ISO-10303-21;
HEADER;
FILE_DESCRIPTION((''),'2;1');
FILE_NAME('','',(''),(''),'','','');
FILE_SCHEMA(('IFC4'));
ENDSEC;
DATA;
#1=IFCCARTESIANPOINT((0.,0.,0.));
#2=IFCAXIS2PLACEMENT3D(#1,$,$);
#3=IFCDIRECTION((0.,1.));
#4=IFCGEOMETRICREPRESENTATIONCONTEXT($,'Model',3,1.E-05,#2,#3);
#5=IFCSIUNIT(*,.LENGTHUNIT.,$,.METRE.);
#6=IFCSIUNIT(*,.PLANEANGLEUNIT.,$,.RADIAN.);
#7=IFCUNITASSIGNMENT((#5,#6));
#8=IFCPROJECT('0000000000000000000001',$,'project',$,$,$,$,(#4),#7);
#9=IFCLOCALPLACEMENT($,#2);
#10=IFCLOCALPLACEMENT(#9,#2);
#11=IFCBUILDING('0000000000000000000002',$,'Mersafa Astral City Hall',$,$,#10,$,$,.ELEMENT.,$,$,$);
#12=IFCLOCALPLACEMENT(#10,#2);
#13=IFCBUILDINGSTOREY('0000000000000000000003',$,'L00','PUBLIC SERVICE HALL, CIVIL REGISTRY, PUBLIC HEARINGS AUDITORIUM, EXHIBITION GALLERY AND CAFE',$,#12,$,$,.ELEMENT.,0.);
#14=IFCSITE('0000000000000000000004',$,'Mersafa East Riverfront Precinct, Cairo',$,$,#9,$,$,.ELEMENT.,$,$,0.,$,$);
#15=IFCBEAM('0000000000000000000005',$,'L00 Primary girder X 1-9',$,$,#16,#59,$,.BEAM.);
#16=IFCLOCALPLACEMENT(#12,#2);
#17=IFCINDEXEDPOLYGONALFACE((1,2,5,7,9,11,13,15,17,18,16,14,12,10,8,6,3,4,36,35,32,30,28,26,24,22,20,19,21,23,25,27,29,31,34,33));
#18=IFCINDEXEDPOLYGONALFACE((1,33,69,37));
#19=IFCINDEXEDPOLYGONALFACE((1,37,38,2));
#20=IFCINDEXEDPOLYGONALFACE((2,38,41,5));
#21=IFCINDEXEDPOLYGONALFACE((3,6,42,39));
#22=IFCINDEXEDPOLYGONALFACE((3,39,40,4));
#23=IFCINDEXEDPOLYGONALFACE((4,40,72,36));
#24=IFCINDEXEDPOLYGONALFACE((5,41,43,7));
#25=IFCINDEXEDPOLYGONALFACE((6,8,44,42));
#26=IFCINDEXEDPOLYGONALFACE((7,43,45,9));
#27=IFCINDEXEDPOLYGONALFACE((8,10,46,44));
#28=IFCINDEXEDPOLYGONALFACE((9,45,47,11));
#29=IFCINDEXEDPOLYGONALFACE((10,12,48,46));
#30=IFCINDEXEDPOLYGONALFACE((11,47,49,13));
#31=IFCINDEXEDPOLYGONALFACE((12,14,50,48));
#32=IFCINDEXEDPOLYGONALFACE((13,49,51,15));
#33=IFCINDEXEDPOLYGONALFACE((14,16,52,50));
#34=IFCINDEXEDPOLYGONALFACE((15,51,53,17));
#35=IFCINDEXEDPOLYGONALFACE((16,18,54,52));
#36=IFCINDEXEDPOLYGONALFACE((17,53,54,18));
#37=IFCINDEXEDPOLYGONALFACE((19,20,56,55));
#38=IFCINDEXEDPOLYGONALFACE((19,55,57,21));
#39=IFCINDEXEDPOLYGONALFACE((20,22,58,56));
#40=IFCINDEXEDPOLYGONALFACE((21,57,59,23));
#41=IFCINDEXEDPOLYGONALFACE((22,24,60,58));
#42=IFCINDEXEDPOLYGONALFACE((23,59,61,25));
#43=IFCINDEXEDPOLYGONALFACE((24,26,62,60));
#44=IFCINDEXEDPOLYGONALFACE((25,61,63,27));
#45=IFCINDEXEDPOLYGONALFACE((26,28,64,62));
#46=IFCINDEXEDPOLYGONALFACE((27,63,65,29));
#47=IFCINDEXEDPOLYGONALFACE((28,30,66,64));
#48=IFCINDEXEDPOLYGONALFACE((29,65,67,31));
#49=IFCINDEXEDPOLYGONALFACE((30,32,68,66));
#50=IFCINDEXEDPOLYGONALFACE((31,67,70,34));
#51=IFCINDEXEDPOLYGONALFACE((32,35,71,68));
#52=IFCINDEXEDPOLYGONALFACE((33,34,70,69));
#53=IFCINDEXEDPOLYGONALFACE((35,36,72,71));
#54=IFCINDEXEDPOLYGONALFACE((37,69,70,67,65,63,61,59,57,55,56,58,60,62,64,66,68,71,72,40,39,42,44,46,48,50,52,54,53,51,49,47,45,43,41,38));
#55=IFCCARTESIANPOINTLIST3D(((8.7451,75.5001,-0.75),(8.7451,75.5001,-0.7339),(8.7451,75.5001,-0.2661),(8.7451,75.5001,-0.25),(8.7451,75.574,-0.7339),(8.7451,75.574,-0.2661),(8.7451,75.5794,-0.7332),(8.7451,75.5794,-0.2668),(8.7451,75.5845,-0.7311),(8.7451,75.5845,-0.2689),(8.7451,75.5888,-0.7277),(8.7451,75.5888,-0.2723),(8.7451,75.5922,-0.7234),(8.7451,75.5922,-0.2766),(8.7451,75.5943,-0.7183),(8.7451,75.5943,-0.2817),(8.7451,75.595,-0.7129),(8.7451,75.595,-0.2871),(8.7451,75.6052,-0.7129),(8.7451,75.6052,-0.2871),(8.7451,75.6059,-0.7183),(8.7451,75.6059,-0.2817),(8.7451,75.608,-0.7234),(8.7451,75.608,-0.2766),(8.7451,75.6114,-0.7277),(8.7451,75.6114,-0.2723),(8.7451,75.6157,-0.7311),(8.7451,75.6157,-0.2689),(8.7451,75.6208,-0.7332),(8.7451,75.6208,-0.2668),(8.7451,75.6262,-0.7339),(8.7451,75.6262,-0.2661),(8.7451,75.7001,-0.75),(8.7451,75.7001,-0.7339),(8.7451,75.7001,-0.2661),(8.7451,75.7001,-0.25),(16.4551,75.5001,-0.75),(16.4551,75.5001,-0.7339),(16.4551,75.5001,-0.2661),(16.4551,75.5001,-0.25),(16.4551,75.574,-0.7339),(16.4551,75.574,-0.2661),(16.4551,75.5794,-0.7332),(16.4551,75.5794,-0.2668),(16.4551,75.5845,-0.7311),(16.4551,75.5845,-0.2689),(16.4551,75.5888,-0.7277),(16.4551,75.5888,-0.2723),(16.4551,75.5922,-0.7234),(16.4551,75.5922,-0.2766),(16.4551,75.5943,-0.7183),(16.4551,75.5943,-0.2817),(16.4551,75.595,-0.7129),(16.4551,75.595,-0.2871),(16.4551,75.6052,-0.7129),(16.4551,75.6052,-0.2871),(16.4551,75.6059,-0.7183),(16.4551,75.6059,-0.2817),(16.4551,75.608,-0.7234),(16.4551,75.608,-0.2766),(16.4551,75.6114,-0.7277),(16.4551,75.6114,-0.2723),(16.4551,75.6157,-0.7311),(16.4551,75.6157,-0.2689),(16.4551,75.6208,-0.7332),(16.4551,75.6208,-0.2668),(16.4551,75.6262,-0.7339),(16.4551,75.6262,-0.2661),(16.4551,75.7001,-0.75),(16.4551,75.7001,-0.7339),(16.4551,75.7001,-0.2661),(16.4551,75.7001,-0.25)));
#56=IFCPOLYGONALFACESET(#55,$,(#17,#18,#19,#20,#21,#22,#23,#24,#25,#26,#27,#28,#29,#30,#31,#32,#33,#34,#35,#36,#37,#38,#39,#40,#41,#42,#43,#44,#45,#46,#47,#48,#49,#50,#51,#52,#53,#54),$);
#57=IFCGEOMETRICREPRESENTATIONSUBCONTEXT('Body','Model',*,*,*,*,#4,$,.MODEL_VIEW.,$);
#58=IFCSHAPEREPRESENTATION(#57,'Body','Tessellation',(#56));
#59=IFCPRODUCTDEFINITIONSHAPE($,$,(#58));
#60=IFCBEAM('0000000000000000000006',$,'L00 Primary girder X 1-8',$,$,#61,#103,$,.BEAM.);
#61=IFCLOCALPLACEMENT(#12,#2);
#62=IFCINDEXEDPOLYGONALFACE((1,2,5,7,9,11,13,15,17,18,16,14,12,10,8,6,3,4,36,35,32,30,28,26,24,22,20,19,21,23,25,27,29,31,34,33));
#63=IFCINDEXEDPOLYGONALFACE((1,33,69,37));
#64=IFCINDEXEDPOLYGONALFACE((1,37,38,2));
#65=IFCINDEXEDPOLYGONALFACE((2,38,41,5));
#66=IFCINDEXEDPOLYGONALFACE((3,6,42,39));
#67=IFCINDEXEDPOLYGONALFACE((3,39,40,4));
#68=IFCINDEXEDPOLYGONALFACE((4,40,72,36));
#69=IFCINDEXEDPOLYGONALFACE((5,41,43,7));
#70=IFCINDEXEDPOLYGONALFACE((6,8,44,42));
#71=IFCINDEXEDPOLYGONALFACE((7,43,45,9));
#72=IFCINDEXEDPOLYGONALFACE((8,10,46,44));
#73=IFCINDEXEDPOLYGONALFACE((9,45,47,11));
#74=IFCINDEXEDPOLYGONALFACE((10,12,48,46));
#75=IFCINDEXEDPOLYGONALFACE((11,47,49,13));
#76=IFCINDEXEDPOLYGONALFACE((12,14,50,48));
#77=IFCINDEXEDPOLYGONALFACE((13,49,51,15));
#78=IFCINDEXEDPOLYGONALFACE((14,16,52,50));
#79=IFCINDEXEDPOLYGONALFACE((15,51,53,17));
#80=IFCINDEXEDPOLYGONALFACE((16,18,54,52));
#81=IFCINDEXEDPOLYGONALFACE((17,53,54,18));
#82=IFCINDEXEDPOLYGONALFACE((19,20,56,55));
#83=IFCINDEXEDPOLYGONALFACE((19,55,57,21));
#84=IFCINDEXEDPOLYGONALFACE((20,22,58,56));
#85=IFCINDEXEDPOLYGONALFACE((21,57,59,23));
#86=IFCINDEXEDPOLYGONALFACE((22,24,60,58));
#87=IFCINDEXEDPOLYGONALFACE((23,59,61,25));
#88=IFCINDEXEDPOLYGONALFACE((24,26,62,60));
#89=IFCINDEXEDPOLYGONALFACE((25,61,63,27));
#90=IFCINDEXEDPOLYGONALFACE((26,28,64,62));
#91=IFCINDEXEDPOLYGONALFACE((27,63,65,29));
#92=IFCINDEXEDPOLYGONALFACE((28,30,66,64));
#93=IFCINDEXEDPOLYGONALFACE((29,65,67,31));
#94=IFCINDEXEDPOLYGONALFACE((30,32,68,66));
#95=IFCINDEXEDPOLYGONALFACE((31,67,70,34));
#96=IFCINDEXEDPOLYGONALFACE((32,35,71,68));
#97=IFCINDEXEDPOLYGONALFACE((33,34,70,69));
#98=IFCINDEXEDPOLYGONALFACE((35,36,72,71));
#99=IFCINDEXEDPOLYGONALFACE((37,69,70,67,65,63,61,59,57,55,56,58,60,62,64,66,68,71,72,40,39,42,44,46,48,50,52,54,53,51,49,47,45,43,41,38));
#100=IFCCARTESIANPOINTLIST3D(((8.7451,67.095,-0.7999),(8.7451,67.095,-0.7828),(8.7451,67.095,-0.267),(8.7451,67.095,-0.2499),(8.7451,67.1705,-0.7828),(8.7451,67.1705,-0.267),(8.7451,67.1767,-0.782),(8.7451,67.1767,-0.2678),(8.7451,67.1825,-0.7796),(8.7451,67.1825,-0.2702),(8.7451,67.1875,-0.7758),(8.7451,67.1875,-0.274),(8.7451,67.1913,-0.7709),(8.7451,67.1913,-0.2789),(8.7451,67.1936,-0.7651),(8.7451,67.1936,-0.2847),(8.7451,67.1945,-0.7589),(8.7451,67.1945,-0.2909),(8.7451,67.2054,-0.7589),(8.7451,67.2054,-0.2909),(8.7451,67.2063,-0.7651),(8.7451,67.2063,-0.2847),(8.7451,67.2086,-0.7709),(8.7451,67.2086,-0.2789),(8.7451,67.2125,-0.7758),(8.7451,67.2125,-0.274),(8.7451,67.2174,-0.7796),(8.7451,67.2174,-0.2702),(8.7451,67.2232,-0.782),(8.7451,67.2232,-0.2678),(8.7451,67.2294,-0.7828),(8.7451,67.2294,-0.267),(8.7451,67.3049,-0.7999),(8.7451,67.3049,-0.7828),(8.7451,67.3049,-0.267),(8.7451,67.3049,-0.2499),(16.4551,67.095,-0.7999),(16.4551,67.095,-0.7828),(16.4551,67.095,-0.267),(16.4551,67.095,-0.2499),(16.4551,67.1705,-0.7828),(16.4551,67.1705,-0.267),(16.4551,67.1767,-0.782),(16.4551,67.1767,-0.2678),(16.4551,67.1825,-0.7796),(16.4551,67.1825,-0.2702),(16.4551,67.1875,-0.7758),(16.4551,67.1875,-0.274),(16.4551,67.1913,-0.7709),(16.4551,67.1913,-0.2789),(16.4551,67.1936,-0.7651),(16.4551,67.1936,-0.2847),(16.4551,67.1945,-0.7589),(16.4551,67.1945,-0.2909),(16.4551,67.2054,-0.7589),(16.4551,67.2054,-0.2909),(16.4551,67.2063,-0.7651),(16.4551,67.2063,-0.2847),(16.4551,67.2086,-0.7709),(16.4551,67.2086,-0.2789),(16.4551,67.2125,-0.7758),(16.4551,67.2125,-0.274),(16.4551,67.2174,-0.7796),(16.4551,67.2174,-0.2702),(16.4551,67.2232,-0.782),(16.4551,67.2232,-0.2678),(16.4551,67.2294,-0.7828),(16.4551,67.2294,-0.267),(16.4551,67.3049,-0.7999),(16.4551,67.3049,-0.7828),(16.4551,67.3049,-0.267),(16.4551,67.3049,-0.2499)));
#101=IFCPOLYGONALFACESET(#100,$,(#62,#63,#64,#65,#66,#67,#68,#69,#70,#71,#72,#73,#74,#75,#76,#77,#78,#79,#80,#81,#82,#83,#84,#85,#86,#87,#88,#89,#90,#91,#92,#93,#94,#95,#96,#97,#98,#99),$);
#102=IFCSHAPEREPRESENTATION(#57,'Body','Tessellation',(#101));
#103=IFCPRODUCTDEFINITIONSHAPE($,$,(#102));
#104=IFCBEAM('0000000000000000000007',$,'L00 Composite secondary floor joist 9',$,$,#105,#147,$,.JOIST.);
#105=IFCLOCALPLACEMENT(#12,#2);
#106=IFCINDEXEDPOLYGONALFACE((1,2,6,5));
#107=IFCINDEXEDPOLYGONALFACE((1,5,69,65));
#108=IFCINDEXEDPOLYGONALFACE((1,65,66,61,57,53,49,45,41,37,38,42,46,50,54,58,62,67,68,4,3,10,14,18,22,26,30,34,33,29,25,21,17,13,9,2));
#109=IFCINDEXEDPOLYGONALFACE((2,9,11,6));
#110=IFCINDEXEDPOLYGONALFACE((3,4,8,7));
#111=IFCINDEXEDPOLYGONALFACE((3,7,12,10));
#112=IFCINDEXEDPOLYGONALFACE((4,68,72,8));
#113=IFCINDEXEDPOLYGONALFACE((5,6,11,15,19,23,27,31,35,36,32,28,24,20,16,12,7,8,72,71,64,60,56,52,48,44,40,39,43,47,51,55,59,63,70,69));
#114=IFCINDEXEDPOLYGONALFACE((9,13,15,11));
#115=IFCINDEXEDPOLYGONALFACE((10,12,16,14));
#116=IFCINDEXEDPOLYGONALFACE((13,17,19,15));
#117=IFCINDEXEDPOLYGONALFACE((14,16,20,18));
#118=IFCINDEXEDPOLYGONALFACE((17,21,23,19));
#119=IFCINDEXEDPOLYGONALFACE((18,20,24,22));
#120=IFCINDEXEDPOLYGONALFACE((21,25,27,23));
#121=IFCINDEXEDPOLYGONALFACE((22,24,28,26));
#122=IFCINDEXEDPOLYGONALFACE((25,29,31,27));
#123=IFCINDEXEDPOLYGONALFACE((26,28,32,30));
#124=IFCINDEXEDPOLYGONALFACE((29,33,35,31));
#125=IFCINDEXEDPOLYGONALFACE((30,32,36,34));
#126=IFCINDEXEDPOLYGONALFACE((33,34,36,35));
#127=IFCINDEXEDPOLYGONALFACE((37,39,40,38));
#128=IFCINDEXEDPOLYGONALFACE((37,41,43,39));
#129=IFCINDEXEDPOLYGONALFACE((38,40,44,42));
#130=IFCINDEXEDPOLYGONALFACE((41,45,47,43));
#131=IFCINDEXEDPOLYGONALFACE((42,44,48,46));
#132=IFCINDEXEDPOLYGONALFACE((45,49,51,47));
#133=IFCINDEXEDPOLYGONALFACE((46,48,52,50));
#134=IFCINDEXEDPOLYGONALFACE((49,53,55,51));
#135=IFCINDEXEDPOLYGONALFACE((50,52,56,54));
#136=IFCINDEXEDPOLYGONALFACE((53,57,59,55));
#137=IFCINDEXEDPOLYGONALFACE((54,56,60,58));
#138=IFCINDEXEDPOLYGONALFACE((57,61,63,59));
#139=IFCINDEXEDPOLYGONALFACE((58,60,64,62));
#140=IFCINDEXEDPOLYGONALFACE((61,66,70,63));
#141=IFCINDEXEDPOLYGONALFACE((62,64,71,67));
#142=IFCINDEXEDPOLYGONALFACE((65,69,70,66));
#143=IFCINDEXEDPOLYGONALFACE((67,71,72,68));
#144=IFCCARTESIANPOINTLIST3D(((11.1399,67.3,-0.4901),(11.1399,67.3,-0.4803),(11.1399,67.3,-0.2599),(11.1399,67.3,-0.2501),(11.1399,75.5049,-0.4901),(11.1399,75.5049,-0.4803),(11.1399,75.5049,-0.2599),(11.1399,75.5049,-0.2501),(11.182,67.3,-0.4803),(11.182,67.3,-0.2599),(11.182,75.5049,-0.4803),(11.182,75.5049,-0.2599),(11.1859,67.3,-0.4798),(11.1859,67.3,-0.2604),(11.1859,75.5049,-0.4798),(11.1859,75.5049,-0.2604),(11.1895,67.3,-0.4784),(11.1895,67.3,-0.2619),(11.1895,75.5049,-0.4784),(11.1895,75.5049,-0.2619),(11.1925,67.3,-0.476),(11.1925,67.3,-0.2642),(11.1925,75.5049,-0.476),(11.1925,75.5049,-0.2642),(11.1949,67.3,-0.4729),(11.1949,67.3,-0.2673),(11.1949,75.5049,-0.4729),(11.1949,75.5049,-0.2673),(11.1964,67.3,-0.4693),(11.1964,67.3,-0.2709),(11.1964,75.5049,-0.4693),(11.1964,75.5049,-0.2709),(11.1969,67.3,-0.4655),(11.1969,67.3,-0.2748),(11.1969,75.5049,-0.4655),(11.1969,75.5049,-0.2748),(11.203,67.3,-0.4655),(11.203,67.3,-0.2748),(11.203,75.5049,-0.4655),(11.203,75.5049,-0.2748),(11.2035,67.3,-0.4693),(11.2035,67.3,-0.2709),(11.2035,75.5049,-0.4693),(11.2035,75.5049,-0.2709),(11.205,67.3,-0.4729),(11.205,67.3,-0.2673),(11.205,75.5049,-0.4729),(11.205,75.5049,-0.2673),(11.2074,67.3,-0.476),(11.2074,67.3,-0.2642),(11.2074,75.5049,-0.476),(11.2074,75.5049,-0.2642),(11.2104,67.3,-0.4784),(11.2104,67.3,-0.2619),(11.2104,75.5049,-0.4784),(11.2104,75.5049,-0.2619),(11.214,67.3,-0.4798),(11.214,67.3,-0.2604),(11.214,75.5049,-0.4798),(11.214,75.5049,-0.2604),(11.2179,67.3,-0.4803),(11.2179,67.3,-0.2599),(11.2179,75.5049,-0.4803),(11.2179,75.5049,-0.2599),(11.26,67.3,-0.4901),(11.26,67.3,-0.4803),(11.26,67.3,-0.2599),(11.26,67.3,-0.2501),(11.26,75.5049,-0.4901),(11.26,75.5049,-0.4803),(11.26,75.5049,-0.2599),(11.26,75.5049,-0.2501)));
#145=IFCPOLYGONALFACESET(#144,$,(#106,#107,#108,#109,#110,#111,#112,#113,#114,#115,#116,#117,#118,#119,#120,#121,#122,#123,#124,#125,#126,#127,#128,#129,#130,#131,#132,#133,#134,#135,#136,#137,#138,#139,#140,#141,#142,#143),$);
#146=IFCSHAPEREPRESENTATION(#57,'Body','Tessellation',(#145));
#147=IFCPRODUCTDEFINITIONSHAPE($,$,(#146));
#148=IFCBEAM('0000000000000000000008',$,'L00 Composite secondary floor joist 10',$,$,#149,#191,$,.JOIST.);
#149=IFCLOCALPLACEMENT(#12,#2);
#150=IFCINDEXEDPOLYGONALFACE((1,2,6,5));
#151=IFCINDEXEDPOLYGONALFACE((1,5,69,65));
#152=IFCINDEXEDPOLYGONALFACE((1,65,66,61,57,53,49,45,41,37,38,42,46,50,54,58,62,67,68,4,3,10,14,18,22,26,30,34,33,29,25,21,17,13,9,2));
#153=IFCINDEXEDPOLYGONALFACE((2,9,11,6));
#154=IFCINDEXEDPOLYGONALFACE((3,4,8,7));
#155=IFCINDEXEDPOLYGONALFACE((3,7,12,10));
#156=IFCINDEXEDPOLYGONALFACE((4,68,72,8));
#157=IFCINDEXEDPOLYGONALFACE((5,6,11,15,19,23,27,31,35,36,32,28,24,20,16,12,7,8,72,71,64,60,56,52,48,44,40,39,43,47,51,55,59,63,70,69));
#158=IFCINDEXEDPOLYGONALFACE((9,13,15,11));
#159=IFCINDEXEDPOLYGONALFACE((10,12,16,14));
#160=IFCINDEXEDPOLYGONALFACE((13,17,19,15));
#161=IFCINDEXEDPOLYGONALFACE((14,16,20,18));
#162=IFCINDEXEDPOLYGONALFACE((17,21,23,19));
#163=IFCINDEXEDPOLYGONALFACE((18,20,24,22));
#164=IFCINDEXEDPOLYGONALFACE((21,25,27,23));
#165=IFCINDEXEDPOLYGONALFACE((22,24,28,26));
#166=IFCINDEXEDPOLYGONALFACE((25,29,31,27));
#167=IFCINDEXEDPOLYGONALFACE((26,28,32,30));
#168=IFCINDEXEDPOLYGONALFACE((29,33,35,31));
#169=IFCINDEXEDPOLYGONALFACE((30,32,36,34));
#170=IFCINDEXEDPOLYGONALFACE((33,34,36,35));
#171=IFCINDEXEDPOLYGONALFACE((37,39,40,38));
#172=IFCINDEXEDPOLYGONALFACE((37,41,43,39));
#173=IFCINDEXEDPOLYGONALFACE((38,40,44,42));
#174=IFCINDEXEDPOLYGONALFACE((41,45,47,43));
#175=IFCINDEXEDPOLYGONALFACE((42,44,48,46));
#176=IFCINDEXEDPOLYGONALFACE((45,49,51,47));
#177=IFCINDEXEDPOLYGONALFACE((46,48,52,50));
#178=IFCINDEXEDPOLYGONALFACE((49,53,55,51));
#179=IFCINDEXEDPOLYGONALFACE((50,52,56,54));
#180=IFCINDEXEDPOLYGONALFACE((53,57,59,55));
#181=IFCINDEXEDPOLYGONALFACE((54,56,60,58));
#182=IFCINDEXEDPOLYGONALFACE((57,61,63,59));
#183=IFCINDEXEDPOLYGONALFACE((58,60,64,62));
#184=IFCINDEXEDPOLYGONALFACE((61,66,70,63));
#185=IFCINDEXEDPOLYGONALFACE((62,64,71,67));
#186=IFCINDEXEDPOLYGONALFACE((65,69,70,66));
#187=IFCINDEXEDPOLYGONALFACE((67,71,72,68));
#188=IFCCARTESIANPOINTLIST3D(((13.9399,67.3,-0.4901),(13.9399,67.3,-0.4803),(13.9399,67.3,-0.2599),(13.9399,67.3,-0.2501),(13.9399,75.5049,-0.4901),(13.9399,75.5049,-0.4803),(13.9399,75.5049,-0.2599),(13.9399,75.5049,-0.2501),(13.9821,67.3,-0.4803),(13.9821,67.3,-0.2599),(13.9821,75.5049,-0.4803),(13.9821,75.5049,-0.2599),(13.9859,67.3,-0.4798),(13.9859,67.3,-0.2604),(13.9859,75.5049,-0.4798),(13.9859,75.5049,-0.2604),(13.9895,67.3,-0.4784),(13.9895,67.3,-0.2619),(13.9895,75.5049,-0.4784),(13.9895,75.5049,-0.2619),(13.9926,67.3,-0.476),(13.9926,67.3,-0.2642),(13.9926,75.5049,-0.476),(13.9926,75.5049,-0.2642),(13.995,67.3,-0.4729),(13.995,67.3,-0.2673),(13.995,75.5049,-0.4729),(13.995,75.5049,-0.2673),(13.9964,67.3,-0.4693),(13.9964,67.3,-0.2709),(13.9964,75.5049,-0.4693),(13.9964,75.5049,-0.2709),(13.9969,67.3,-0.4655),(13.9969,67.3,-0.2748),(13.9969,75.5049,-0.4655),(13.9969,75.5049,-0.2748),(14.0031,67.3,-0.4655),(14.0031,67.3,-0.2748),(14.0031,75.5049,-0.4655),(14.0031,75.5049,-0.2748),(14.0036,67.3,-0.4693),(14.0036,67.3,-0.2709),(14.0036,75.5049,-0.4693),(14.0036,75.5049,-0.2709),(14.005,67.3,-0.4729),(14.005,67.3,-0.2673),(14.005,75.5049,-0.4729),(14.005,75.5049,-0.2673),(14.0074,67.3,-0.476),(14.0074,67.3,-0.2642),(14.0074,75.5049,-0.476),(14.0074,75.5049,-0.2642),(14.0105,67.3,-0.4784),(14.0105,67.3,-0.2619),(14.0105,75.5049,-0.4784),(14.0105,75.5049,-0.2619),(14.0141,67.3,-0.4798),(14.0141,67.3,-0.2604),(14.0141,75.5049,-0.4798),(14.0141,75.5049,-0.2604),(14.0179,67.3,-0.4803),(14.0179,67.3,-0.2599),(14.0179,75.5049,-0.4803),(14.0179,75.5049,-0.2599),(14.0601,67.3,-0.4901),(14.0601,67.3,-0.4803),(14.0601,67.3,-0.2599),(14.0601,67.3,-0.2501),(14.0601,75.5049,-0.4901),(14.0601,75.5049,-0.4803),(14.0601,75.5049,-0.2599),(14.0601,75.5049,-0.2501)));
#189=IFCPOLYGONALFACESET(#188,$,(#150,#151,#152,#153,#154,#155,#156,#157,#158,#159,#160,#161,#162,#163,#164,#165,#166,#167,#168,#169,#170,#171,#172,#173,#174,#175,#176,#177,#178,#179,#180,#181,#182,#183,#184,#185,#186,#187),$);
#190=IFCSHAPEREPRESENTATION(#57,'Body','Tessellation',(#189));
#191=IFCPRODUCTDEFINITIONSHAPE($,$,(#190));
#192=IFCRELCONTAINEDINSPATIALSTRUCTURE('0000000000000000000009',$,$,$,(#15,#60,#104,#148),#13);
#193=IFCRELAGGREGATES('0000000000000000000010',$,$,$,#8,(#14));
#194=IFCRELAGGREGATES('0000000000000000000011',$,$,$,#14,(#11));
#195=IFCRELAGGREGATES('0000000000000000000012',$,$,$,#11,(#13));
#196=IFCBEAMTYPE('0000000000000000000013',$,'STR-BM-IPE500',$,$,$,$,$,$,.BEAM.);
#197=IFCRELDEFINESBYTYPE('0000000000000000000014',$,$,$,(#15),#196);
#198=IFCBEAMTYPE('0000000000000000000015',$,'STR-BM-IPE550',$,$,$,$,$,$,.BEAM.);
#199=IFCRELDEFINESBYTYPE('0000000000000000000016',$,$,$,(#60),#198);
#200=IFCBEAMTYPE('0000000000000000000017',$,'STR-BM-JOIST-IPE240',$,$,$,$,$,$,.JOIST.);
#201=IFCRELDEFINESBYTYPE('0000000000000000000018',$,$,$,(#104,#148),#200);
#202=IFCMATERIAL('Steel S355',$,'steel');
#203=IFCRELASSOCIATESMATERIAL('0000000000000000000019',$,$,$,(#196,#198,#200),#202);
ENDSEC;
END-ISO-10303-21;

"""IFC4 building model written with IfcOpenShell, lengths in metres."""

from ifc_helpers import new_model, si_unit, direction, frame, origin, origin_2d, place, context, subcontext, project, spatial, i_section, extrude, material, material_profile, profile_set, type_object, element, save


model = new_model("IFC4")

# Units and contexts
model_context = context("Model", 3, precision=1e-05, world=origin(), true_north=direction((0.0, 1.0)))
body_context = subcontext(model_context, "Body", "Model", "MODEL_VIEW")
ifc_project = project(units=[si_unit("LENGTHUNIT", "METRE"), si_unit("PLANEANGLEUNIT", "RADIAN")], contexts=[model_context])

# Site, building, storey
site_placement = place(None, origin())
site = spatial("IfcSite", under=ifc_project, at=site_placement, Name="Mersafa East Riverfront Precinct, Cairo", CompositionType="ELEMENT", RefElevation=0.0)
building_placement = place(site_placement, origin())
building = spatial("IfcBuilding", under=site, at=building_placement, Name="Mersafa Astral City Hall", CompositionType="ELEMENT")
storey_placement = place(building_placement, origin())
storey = spatial("IfcBuildingStorey", under=building, at=storey_placement, Name="L00", Description="PUBLIC SERVICE HALL, CIVIL REGISTRY, PUBLIC HEARINGS AUDITORIUM, EXHIBITION GALLERY AND CAFE", CompositionType="ELEMENT", Elevation=0.0)

# Beams
ifc_material_1 = material(Name="Steel S355", Category="steel")
ifc_material_profile_1 = material_profile(ifc_material_1, i_section(OverallWidth=0.2, OverallDepth=0.5, WebThickness=0.0103, FlangeThickness=0.0161, FilletRadius=0.021, at=origin_2d()), Name="IPE 500")
ifc_profile_set_1 = profile_set([ifc_material_profile_1], Name="Steel S355")
beam_type_1 = type_object("IfcBeamType", Name="STR-BM-IPE500", PredefinedType="BEAM", material=ifc_profile_set_1)
beam_1_placement = place(storey_placement, frame((8.7451, 75.6001, -0.5), z_axis=(1.0, 0.0, 0.0), x_axis=(0.0, 1.0, 0.0)))
element("IfcBeam", 1, at=beam_1_placement, inside=storey, type_object=beam_type_1, Name="L00 Primary girder X 1-9", PredefinedType="BEAM", context=body_context, shape_type="SweptSolid", body=[
    extrude(i_section(OverallWidth=0.2, OverallDepth=0.5, WebThickness=0.0103, FlangeThickness=0.0161, FilletRadius=0.021, at=origin_2d()), origin(), (0.0, 0.0, 1.0), 7.71),
])
ifc_material_profile_2 = material_profile(ifc_material_1, i_section(OverallWidth=0.21, OverallDepth=0.55, WebThickness=0.011, FlangeThickness=0.0171, FilletRadius=0.0239, at=origin_2d()), Name="IPE 550")
ifc_profile_set_2 = profile_set([ifc_material_profile_2], Name="Steel S355")
beam_type_2 = type_object("IfcBeamType", Name="STR-BM-IPE550", PredefinedType="BEAM", material=ifc_profile_set_2)
beam_2_placement = place(storey_placement, frame((8.7451, 67.2, -0.5249), z_axis=(1.0, 0.0, 0.0), x_axis=(0.0, 1.0, 0.0)))
element("IfcBeam", 2, at=beam_2_placement, inside=storey, type_object=beam_type_2, Name="L00 Primary girder X 1-8", PredefinedType="BEAM", context=body_context, shape_type="SweptSolid", body=[
    extrude(i_section(OverallWidth=0.21, OverallDepth=0.55, WebThickness=0.011, FlangeThickness=0.0171, FilletRadius=0.0239, at=origin_2d()), origin(), (0.0, 0.0, 1.0), 7.71),
])
ifc_material_profile_3 = material_profile(ifc_material_1, i_section(OverallWidth=0.1201, OverallDepth=0.24, WebThickness=0.0061, FlangeThickness=0.0098, FilletRadius=0.0149, at=origin_2d()), Name="IPE 240")
ifc_profile_set_3 = profile_set([ifc_material_profile_3], Name="Steel S355")
beam_type_3 = type_object("IfcBeamType", Name="STR-BM-JOIST-IPE240", PredefinedType="JOIST", material=ifc_profile_set_3)
for number, where, z_axis, x_axis, name in (
    (3, (11.2, 67.3, -0.3701), (0.0, 1.0, 0.0), (-1.0, 0.0, 0.0), "L00 Composite secondary floor joist 9"),
    (4, (14.0, 67.3, -0.3701), (0.0, 1.0, 0.0), (-1.0, 0.0, 0.0), "L00 Composite secondary floor joist 10"),
):
    element("IfcBeam", number, at=place(storey_placement, frame(where, z_axis=z_axis, x_axis=x_axis)), inside=storey, type_object=beam_type_3, Name=name, PredefinedType="JOIST", context=body_context, shape_type="SweptSolid", body=[
        extrude(i_section(OverallWidth=0.1201, OverallDepth=0.24, WebThickness=0.0061, FlangeThickness=0.0098, FilletRadius=0.0149, at=origin_2d()), origin(), (0.0, 0.0, 1.0), 8.2048),
    ])

save(model, "model.ifc")
